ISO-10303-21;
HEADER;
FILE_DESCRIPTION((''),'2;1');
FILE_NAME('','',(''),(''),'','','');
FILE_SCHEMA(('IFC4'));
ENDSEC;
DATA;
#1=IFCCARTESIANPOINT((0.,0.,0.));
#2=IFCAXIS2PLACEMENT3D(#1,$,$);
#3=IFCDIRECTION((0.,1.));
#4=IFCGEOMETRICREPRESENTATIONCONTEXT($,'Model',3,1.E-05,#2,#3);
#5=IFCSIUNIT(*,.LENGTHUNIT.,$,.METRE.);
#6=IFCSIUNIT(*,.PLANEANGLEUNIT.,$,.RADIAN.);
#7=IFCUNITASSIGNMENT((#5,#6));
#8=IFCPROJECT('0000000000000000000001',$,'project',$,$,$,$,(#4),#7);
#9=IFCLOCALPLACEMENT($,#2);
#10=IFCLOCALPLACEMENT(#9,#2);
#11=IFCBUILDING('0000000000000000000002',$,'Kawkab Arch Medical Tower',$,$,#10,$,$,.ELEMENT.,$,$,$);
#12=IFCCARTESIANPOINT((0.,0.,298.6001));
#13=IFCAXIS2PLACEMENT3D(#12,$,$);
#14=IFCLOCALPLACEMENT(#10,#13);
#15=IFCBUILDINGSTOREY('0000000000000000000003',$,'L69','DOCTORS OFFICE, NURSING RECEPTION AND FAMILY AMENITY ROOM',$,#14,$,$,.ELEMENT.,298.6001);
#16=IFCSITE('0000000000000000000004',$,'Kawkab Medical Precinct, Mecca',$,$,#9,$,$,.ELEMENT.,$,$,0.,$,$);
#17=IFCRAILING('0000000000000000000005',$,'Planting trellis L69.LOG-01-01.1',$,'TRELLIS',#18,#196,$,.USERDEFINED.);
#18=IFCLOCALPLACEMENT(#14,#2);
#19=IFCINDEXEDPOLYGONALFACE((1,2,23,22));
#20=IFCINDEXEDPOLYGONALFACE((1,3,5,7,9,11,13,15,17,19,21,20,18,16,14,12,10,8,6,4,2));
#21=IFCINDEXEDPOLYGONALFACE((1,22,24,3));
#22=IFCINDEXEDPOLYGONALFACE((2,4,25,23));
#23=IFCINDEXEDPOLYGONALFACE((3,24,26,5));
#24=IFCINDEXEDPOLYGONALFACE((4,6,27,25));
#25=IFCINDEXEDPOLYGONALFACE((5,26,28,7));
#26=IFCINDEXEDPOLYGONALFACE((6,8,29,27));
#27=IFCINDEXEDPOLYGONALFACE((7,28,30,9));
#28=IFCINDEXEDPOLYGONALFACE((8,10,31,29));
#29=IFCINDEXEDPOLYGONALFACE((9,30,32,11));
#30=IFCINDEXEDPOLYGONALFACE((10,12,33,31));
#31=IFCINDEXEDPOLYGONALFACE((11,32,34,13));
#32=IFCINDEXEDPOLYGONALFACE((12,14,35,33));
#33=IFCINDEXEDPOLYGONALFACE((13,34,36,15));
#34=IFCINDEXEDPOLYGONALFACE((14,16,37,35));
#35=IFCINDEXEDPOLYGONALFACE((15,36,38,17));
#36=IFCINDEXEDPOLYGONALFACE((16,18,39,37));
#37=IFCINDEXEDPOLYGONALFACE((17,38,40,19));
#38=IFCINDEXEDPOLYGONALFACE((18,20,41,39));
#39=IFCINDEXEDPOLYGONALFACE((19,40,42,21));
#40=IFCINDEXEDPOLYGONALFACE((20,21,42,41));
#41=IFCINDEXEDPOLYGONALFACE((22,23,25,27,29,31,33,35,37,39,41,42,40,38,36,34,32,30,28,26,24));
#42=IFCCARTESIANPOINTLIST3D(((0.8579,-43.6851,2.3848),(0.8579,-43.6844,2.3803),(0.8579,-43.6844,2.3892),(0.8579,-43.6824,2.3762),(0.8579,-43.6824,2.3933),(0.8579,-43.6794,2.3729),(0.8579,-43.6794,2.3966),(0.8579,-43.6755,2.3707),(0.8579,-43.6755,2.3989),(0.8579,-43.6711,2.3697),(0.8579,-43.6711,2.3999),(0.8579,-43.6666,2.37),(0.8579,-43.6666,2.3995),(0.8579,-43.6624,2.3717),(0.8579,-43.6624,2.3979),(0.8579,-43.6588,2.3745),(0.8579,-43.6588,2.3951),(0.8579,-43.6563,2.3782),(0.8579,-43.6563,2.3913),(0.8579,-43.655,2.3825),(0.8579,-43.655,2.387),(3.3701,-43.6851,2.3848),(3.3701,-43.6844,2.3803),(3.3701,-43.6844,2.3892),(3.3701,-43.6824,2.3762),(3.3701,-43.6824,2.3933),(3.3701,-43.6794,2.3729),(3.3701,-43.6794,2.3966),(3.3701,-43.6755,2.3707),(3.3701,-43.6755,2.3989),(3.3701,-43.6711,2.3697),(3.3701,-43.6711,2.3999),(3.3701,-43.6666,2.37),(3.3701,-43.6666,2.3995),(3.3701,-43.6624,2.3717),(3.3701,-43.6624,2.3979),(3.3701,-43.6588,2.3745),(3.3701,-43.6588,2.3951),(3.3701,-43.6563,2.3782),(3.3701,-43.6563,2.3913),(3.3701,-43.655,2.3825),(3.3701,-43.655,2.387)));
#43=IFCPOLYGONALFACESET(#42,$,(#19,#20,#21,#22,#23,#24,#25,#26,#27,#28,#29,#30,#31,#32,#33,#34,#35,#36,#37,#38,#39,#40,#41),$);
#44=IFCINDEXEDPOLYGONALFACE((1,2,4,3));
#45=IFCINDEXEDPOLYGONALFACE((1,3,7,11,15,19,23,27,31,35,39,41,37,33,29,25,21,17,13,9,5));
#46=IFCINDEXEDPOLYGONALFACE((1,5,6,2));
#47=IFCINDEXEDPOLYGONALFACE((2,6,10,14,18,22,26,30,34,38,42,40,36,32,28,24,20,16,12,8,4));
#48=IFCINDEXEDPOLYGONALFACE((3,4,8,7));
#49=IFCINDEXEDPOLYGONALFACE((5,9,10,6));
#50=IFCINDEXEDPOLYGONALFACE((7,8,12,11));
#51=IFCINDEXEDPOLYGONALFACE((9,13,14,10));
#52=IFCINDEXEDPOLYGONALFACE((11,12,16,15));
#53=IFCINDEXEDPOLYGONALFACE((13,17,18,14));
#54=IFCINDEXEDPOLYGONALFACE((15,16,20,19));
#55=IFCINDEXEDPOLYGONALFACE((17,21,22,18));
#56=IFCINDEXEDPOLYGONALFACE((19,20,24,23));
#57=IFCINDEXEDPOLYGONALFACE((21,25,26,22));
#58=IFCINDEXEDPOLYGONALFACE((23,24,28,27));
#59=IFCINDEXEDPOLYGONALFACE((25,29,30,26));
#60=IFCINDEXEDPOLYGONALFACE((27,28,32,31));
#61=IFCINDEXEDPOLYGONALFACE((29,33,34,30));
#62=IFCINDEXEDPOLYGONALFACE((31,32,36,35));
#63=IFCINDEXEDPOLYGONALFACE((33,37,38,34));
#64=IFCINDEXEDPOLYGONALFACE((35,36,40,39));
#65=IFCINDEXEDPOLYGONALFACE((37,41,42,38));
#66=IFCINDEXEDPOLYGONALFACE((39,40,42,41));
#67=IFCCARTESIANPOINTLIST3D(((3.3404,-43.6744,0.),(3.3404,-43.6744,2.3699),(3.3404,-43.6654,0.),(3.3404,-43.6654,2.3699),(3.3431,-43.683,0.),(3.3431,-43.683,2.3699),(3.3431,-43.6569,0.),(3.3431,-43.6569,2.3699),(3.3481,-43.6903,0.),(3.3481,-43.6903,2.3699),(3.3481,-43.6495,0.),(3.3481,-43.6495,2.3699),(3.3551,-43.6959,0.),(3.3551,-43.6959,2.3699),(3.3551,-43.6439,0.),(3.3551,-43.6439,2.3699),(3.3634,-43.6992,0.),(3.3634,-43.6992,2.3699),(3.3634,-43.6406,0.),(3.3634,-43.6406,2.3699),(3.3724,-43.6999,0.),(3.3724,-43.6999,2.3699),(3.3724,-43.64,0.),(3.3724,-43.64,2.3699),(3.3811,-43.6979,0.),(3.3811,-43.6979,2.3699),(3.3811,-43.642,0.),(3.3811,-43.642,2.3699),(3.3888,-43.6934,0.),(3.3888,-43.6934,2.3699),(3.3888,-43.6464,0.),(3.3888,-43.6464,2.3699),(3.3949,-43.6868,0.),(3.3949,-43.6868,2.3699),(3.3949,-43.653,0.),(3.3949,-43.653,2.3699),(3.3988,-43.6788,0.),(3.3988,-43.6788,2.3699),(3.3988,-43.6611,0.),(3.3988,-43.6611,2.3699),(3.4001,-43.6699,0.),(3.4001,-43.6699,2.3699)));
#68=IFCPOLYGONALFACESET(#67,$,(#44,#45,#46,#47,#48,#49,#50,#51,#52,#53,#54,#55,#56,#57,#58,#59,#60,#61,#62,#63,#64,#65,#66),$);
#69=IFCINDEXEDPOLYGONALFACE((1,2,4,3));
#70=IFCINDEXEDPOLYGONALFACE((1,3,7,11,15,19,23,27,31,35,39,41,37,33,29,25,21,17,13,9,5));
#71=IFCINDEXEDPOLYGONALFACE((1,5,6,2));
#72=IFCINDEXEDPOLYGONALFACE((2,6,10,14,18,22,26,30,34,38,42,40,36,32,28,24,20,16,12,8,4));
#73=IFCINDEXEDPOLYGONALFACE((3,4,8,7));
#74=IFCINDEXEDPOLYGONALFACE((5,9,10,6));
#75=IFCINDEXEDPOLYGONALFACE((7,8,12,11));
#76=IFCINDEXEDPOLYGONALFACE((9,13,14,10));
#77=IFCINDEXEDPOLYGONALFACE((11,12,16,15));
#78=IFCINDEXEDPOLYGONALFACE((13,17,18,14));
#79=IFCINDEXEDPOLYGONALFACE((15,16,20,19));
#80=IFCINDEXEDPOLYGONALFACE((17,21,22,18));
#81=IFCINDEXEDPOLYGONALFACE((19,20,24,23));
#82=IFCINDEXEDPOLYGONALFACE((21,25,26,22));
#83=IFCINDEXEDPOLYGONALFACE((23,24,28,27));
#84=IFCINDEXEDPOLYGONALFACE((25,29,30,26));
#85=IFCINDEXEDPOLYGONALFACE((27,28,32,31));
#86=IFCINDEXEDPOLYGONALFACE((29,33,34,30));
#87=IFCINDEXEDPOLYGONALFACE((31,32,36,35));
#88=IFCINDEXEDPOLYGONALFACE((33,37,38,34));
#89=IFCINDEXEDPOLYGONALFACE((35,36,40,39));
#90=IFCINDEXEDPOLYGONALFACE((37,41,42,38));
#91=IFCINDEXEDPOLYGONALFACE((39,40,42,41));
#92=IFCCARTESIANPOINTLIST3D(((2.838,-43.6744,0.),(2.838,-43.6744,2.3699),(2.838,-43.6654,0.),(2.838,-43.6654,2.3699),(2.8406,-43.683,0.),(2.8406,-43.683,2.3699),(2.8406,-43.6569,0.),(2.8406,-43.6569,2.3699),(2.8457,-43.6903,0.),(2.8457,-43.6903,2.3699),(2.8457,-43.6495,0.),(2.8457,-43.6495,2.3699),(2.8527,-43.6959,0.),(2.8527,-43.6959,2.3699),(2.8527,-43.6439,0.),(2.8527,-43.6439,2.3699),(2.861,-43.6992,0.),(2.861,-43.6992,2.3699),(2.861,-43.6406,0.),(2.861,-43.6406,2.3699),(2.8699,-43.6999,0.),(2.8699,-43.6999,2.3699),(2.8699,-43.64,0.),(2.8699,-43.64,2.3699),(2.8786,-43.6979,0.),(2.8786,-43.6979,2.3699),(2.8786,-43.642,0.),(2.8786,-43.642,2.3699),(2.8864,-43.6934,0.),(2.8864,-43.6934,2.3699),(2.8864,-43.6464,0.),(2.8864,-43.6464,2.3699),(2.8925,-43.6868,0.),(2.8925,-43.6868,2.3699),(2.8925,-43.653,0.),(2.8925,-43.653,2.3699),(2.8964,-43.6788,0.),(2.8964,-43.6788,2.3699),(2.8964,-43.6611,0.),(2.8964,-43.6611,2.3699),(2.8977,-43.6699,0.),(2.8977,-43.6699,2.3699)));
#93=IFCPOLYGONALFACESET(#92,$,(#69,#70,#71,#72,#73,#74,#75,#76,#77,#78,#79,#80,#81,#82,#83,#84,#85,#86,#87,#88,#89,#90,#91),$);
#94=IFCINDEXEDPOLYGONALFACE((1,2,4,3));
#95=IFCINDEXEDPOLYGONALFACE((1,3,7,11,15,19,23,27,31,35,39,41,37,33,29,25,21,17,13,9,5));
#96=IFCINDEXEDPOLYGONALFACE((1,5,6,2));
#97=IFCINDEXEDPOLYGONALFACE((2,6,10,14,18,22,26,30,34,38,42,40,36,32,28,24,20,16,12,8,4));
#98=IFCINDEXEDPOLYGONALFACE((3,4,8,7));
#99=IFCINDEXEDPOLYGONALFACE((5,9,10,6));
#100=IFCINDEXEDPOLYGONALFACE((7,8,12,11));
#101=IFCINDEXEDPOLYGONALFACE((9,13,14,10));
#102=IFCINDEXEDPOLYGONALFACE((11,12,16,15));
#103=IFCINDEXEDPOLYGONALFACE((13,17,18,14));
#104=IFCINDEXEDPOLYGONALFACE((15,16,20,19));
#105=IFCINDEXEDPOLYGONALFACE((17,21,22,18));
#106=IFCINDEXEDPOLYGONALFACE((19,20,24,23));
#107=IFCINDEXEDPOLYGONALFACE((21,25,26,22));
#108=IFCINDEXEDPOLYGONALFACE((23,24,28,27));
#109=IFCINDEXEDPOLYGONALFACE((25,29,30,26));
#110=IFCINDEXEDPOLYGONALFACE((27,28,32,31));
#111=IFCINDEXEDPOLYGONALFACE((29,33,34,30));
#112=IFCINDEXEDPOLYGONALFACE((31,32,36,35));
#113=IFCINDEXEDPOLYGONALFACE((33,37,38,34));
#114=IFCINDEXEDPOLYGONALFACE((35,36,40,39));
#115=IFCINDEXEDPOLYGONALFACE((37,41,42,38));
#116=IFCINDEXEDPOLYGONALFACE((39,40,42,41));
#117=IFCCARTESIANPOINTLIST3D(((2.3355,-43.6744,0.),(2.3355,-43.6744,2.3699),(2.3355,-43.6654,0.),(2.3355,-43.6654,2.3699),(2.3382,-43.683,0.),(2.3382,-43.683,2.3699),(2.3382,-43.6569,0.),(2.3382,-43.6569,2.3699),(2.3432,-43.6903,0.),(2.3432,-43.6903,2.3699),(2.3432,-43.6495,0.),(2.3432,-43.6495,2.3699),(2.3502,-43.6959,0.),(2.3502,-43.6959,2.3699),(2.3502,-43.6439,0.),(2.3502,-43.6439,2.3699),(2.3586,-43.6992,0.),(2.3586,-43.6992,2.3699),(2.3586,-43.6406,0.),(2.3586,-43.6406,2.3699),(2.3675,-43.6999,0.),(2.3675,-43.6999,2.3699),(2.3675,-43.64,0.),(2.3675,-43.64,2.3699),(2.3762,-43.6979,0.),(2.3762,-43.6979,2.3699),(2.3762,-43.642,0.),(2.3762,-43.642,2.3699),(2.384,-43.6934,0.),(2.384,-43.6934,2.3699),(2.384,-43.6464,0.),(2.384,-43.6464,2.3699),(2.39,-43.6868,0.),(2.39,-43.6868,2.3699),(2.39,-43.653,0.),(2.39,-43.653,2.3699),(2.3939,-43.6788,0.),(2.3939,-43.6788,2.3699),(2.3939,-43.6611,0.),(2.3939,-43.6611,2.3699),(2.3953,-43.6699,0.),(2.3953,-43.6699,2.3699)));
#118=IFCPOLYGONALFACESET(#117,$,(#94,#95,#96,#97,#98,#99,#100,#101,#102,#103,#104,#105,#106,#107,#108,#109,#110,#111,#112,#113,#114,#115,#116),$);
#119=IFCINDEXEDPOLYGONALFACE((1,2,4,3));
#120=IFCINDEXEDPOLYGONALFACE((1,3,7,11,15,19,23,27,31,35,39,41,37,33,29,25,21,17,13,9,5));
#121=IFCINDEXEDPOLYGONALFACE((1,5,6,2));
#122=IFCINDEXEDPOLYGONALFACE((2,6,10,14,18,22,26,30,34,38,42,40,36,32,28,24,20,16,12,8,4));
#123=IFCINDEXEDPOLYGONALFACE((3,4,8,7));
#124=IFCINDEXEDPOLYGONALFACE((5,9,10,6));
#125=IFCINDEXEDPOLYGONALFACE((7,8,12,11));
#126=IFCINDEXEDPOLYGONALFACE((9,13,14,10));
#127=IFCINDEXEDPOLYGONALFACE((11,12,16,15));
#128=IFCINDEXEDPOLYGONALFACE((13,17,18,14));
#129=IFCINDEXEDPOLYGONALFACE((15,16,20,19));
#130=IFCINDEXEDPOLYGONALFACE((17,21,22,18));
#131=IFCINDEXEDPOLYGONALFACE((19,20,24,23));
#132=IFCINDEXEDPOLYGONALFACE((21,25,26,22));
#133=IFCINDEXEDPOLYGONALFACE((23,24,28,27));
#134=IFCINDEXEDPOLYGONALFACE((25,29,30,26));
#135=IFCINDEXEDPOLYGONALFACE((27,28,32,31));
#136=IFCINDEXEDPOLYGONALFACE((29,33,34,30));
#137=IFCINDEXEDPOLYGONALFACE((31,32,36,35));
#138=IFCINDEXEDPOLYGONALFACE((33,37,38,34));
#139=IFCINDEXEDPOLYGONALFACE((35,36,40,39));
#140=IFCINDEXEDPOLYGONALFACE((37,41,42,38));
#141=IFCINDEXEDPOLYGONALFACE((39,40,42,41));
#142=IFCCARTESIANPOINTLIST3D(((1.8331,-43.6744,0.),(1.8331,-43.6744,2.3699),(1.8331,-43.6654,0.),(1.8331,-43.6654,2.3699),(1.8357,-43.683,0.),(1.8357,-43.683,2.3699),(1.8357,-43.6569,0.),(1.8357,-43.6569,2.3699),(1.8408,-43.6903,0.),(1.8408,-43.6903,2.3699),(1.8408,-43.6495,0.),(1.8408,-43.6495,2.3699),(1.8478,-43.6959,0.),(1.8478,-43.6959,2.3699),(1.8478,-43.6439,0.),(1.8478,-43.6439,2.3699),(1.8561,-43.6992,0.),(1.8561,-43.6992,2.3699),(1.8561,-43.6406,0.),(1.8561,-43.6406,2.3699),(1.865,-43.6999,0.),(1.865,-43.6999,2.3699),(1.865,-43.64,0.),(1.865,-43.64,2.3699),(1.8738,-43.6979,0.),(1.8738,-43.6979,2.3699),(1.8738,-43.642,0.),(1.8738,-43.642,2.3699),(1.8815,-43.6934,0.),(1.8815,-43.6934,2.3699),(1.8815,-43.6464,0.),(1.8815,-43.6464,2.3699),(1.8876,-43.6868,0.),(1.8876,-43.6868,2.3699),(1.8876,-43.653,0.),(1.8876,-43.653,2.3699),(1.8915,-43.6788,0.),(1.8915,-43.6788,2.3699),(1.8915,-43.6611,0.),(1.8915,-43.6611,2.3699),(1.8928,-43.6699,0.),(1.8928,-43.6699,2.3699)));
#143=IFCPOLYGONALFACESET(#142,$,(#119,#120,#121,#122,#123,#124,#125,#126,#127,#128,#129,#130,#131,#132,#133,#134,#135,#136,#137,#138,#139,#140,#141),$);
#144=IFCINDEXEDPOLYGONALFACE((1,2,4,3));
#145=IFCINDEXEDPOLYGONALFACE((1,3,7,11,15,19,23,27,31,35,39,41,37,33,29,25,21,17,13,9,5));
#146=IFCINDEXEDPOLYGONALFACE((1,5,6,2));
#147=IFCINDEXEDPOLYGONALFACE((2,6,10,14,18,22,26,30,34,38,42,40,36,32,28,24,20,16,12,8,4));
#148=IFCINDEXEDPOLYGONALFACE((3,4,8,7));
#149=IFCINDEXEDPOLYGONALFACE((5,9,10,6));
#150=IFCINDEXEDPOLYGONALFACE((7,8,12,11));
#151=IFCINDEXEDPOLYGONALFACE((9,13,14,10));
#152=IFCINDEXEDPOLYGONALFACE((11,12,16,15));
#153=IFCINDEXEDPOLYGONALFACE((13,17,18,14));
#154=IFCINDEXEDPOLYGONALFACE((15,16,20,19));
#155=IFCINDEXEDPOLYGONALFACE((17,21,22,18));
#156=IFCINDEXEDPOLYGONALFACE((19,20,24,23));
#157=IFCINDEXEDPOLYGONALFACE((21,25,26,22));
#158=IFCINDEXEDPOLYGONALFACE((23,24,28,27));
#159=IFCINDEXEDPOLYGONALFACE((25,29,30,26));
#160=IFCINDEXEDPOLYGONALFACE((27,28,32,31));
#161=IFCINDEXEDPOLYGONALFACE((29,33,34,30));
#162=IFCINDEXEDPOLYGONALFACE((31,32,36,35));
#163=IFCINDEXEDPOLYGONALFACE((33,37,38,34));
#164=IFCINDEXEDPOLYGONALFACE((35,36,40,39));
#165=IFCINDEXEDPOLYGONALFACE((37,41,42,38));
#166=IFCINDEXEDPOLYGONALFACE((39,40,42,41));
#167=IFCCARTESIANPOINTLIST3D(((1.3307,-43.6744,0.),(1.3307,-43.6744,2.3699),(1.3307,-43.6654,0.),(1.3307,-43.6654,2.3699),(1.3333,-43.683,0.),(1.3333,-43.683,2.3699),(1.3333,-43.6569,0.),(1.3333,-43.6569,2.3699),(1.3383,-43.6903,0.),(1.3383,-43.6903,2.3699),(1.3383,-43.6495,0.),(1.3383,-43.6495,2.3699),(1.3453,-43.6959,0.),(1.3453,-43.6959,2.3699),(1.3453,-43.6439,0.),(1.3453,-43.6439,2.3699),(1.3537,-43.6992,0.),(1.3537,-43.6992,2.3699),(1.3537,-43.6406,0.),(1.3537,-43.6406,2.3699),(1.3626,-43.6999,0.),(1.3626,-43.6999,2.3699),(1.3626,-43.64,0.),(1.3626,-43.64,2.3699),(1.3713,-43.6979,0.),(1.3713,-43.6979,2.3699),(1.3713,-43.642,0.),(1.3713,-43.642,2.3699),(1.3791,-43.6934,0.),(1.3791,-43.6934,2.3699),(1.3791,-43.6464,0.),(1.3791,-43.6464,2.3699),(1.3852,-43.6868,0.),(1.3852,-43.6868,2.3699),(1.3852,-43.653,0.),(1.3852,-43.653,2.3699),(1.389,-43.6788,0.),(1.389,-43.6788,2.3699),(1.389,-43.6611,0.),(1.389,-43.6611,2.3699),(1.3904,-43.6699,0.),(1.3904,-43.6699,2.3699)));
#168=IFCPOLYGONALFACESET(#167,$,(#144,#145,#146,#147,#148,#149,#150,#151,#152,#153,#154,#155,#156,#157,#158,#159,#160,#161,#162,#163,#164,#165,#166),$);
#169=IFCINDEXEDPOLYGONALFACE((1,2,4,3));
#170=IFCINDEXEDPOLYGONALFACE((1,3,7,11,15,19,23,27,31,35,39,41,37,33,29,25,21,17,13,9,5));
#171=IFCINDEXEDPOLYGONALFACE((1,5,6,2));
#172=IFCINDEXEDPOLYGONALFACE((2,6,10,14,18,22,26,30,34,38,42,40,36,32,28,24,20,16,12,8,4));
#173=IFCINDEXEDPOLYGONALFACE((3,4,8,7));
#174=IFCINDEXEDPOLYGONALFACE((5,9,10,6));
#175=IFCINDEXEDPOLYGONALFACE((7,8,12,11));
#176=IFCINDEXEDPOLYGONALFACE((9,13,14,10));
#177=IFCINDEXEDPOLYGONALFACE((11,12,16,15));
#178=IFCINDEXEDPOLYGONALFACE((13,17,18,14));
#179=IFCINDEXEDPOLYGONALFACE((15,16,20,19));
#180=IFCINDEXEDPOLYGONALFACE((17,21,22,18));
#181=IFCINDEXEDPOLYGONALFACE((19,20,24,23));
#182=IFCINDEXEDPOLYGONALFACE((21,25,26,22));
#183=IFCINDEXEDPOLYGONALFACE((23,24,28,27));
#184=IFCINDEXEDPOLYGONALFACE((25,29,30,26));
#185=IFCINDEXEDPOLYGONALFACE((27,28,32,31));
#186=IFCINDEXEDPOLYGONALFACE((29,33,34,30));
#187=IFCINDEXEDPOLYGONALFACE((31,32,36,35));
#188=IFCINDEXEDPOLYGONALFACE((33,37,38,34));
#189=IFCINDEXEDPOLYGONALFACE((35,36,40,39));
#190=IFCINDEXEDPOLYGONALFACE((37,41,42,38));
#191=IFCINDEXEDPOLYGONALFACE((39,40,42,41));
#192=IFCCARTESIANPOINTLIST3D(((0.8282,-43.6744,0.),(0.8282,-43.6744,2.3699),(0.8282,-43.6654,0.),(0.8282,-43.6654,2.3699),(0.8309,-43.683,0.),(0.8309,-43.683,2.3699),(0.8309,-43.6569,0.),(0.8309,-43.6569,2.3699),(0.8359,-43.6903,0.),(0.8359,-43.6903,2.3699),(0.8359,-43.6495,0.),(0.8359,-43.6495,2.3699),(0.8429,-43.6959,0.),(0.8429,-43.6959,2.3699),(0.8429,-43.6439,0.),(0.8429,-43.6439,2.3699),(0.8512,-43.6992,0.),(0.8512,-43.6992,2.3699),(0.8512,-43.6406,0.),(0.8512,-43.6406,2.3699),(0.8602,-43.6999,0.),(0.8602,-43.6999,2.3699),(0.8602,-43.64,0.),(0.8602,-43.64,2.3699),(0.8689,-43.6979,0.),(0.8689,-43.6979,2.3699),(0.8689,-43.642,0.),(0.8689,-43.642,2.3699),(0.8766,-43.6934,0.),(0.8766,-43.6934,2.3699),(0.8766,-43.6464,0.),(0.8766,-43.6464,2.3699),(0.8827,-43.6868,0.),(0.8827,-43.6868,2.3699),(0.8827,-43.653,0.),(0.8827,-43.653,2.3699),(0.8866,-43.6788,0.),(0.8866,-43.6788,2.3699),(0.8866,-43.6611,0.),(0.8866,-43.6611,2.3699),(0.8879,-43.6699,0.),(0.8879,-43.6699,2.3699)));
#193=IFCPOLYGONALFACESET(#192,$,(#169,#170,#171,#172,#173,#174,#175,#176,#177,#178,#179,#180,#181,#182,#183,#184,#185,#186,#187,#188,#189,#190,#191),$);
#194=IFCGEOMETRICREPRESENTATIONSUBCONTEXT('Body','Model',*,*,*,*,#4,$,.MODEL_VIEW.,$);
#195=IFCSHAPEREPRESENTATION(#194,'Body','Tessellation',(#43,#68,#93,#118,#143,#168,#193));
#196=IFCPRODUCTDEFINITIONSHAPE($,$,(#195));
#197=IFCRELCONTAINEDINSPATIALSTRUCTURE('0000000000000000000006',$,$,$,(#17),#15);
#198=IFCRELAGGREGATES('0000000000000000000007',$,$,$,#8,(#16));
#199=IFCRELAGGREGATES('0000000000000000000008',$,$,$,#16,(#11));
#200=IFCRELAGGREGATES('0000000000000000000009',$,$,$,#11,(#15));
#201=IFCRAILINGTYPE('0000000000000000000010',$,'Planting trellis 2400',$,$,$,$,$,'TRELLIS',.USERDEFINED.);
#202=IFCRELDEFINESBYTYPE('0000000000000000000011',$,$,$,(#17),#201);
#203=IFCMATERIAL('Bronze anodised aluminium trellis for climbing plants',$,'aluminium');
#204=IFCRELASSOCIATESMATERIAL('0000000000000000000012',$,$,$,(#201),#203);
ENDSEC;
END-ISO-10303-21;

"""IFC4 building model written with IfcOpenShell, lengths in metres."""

from ifc_helpers import new_model, si_unit, direction, frame, origin, origin_2d, place, context, subcontext, project, spatial, circle, extrude, material, type_object, element, save


model = new_model("IFC4")

# Units and contexts
model_context = context("Model", 3, precision=1e-05, world=origin(), true_north=direction((0.0, 1.0)))
body_context = subcontext(model_context, "Body", "Model", "MODEL_VIEW")
ifc_project = project(units=[si_unit("LENGTHUNIT", "METRE"), si_unit("PLANEANGLEUNIT", "RADIAN")], contexts=[model_context])

# Site, building, storey
site_placement = place(None, origin())
site = spatial("IfcSite", under=ifc_project, at=site_placement, Name="Kawkab Medical Precinct, Mecca", CompositionType="ELEMENT", RefElevation=0.0)
building_placement = place(site_placement, origin())
building = spatial("IfcBuilding", under=site, at=building_placement, Name="Kawkab Arch Medical Tower", CompositionType="ELEMENT")
storey_placement = place(building_placement, frame((0.0, 0.0, 298.6001)))
storey = spatial("IfcBuildingStorey", under=building, at=storey_placement, Name="L69", Description="DOCTORS OFFICE, NURSING RECEPTION AND FAMILY AMENITY ROOM", CompositionType="ELEMENT", Elevation=298.6001)

# Railing
ifc_material_1 = material(Name="Bronze anodised aluminium trellis for climbing plants", Category="aluminium")
railing_type_1 = type_object("IfcRailingType", Name="Planting trellis 2400", ElementType="TRELLIS", PredefinedType="USERDEFINED", material=ifc_material_1)
railing_1_placement = place(storey_placement, frame((3.3701, -43.6699, 0.0)))
element("IfcRailing", 1, at=railing_1_placement, inside=storey, type_object=railing_type_1, Name="Planting trellis L69.LOG-01-01.1", ObjectType="TRELLIS", PredefinedType="USERDEFINED", context=body_context, shape_type="SweptSolid", body=[
    extrude(circle(Radius=0.0151, at=origin_2d()), frame((0.0, 0.0, 2.3848), z_axis=(-1.0, 0.0, 0.0), x_axis=(0.0, -1.0, 0.0)), (0.0, 0.0, 1.0), 2.5122),
    extrude(circle(Radius=0.03, at=origin_2d()), origin(), (0.0, 0.0, 1.0), 2.3699),
    extrude(circle(Radius=0.03, at=origin_2d()), frame((-0.5024, 0.0, 0.0)), (0.0, 0.0, 1.0), 2.3699),
    extrude(circle(Radius=0.03, at=origin_2d()), frame((-1.0049, 0.0, 0.0)), (0.0, 0.0, 1.0), 2.3699),
    extrude(circle(Radius=0.03, at=origin_2d()), frame((-1.5073, 0.0, 0.0)), (0.0, 0.0, 1.0), 2.3699),
    extrude(circle(Radius=0.03, at=origin_2d()), frame((-2.0098, 0.0, 0.0)), (0.0, 0.0, 1.0), 2.3699),
    extrude(circle(Radius=0.03, at=origin_2d()), frame((-2.5122, 0.0, 0.0)), (0.0, 0.0, 1.0), 2.3699),
])

save(model, "model.ifc")
